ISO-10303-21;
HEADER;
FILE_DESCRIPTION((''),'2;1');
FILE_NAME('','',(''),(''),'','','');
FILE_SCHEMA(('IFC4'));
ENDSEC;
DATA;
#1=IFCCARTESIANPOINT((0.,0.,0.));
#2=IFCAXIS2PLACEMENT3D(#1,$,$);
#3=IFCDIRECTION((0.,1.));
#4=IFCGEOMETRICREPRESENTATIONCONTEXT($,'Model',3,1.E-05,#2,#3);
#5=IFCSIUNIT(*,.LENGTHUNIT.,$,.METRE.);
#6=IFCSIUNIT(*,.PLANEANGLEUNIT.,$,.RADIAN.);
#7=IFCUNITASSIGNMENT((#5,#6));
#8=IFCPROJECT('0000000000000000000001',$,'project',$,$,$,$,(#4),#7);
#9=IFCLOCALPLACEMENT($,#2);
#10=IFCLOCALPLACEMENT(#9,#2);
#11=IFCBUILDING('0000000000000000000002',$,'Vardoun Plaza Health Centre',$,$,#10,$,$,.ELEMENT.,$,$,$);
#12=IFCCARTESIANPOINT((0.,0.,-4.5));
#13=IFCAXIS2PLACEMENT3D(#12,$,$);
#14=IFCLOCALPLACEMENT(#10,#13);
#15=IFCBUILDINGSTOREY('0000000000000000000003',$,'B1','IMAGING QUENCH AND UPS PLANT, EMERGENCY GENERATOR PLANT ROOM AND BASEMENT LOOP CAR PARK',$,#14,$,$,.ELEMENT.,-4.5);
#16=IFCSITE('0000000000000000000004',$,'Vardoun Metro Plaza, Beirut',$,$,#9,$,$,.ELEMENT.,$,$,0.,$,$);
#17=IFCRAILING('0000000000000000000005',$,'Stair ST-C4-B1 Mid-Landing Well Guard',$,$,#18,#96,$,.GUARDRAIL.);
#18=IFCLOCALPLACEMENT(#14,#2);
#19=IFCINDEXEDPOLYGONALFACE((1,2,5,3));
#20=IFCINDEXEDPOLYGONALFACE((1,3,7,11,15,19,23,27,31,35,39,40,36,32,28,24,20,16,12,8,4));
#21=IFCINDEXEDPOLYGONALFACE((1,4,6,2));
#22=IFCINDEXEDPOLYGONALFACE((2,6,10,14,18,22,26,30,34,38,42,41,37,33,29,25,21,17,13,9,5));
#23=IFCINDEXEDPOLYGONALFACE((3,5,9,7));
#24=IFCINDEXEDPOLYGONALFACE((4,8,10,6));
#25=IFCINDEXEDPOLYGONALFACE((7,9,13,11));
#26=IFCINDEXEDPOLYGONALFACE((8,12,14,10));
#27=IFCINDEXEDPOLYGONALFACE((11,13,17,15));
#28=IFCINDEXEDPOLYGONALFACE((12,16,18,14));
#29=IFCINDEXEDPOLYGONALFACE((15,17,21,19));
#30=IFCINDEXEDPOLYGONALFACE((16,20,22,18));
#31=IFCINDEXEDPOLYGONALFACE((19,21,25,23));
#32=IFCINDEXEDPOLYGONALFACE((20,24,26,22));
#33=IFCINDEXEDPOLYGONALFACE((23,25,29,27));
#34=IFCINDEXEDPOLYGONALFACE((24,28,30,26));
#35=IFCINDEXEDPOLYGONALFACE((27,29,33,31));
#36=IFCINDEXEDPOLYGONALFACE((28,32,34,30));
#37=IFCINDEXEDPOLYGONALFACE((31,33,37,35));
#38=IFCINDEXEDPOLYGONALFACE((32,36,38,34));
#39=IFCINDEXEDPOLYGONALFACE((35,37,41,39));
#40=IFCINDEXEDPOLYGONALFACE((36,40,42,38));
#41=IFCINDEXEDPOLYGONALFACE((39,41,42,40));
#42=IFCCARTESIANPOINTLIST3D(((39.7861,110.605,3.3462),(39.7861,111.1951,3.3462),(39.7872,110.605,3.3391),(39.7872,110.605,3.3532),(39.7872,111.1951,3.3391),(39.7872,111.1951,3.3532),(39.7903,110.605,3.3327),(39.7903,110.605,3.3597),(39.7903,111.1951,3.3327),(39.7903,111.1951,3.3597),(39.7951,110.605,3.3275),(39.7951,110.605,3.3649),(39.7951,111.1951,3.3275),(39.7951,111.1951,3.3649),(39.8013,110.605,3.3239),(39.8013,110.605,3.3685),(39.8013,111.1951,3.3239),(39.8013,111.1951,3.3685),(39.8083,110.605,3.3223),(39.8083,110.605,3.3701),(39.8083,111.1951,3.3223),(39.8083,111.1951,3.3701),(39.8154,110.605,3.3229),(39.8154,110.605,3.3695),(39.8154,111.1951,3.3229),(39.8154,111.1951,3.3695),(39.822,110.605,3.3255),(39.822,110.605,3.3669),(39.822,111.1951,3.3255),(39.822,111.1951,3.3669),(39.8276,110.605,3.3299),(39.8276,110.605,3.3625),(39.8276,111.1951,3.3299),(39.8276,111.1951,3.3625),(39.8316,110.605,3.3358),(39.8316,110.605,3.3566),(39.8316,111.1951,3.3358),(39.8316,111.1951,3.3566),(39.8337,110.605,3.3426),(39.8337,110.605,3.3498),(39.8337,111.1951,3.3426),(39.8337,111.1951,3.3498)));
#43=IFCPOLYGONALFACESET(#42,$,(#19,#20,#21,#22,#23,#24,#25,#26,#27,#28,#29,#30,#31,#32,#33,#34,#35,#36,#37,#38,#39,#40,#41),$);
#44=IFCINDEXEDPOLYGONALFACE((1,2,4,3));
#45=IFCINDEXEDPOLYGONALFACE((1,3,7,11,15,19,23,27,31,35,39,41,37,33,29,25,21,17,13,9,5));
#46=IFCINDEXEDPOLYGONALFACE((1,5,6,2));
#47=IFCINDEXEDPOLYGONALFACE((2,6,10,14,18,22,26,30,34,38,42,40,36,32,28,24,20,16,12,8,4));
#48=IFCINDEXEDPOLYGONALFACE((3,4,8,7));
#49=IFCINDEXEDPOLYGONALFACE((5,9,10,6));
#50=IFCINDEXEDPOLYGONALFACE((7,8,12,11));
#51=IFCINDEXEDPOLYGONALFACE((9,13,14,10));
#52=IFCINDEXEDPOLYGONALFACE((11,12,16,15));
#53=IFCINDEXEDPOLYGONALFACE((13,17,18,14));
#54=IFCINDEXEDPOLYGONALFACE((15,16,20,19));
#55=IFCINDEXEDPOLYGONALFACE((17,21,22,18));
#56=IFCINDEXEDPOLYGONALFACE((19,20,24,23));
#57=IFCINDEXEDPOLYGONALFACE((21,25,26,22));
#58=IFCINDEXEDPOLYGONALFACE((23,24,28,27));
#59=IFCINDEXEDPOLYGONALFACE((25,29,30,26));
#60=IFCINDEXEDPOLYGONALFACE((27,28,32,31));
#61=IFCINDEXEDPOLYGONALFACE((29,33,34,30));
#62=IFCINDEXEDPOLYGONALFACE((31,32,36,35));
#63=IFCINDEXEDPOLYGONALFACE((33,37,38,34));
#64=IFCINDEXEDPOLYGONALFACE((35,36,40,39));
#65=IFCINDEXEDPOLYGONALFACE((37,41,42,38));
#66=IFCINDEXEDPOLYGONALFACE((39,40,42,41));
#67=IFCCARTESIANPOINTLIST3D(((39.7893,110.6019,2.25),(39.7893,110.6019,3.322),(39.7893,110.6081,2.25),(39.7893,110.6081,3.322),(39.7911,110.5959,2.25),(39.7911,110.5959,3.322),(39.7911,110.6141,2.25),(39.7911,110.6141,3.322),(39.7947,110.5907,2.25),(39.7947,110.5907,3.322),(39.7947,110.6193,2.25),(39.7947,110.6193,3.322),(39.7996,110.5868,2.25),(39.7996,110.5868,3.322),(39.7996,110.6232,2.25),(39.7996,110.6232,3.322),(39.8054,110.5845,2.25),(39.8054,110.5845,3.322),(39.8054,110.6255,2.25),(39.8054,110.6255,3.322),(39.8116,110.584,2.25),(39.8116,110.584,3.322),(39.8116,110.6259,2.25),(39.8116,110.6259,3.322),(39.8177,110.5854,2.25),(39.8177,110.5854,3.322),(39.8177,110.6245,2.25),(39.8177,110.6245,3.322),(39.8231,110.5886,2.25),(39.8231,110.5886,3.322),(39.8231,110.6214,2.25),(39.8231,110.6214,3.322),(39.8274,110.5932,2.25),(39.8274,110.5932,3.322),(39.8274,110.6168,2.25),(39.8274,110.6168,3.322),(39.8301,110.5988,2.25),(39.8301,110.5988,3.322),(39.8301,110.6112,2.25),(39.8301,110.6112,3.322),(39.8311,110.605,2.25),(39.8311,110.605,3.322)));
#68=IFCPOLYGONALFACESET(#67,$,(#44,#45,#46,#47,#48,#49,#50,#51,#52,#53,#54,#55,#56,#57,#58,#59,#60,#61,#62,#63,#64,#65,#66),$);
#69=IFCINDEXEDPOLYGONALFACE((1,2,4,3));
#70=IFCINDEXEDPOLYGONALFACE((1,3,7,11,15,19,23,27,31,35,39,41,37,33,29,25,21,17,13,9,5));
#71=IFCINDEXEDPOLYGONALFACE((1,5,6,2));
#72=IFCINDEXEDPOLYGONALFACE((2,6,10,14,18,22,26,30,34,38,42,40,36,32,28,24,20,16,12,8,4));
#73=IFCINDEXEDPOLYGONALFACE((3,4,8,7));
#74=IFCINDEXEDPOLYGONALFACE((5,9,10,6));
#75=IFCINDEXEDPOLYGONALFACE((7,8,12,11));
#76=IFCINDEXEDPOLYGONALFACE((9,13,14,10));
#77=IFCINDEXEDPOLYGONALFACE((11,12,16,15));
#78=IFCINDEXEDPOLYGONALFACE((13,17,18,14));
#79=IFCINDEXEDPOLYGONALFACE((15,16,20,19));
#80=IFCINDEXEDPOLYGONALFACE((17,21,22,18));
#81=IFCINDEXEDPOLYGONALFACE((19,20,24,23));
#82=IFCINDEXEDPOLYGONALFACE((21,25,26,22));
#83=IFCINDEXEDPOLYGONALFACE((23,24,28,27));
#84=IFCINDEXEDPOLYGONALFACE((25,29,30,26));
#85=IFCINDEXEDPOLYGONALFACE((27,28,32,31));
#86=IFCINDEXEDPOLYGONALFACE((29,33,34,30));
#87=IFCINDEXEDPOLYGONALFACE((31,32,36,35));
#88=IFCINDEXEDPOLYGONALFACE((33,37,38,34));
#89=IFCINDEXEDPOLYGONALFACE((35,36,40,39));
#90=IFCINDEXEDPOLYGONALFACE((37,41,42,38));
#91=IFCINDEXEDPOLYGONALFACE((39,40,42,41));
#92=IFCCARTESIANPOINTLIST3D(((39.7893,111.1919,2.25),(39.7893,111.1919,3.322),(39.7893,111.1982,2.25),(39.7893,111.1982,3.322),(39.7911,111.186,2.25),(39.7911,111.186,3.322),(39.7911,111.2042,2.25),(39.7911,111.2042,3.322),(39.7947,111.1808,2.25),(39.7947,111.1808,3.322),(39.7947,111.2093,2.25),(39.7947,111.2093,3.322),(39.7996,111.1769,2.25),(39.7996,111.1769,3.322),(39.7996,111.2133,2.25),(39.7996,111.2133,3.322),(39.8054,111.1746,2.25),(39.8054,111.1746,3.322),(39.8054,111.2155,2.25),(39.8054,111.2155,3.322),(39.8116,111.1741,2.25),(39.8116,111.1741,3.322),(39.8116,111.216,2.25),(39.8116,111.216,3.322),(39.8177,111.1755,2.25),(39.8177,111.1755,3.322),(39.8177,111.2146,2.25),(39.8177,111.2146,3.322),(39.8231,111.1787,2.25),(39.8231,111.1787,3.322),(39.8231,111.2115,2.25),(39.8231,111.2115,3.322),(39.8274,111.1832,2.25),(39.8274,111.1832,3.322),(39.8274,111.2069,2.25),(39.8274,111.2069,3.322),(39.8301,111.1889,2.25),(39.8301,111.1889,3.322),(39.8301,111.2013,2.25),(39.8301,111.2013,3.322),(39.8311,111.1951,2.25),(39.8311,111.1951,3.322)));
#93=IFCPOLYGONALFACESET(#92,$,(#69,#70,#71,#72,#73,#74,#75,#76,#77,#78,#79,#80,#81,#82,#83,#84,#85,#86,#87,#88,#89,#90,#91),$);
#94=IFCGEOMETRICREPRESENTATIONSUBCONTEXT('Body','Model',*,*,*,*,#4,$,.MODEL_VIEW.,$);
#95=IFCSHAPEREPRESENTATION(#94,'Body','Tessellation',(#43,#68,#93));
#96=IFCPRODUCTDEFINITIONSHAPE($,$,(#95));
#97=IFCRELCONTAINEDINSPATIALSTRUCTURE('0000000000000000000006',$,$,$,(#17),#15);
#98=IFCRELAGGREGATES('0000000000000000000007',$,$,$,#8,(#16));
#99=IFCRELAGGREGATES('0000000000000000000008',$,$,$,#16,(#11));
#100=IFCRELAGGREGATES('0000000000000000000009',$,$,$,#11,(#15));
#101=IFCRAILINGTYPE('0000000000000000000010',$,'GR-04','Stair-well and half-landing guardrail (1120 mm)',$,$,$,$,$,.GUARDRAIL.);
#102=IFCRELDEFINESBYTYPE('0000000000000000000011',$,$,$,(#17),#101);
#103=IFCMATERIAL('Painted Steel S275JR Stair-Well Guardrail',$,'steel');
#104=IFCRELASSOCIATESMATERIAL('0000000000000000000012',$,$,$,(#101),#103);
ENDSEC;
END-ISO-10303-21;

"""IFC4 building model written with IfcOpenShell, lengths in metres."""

from ifc_helpers import new_model, si_unit, direction, frame, origin, origin_2d, place, context, subcontext, project, spatial, circle, extrude, material, type_object, element, save


model = new_model("IFC4")

# Units and contexts
model_context = context("Model", 3, precision=1e-05, world=origin(), true_north=direction((0.0, 1.0)))
body_context = subcontext(model_context, "Body", "Model", "MODEL_VIEW")
ifc_project = project(units=[si_unit("LENGTHUNIT", "METRE"), si_unit("PLANEANGLEUNIT", "RADIAN")], contexts=[model_context])

# Site, building, storey
site_placement = place(None, origin())
site = spatial("IfcSite", under=ifc_project, at=site_placement, Name="Vardoun Metro Plaza, Beirut", CompositionType="ELEMENT", RefElevation=0.0)
building_placement = place(site_placement, origin())
building = spatial("IfcBuilding", under=site, at=building_placement, Name="Vardoun Plaza Health Centre", CompositionType="ELEMENT")
storey_placement = place(building_placement, frame((0.0, 0.0, -4.5)))
storey = spatial("IfcBuildingStorey", under=building, at=storey_placement, Name="B1", Description="IMAGING QUENCH AND UPS PLANT, EMERGENCY GENERATOR PLANT ROOM AND BASEMENT LOOP CAR PARK", CompositionType="ELEMENT", Elevation=-4.5)

# Railing
ifc_material_1 = material(Name="Painted Steel S275JR Stair-Well Guardrail", Category="steel")
railing_type_1 = type_object("IfcRailingType", Name="GR-04", Description="Stair-well and half-landing guardrail (1120 mm)", PredefinedType="GUARDRAIL", material=ifc_material_1)
railing_1_placement = place(storey_placement, frame((39.8101, 110.605, 2.25)))
element("IfcRailing", 1, at=railing_1_placement, inside=storey, type_object=railing_type_1, Name="Stair ST-C4-B1 Mid-Landing Well Guard", PredefinedType="GUARDRAIL", context=body_context, shape_type="SweptSolid", body=[
    extrude(circle(Radius=0.0239, at=origin_2d()), frame((0.0, 0.0, 1.0962), z_axis=(0.0, 1.0, 0.0), x_axis=(-1.0, 0.0, 0.0)), (0.0, 0.0, 1.0), 0.5901),
    extrude(circle(Radius=0.021, at=origin_2d()), origin(), (0.0, 0.0, 1.0), 1.072),
    extrude(circle(Radius=0.021, at=origin_2d()), frame((0.0, 0.5901, 0.0)), (0.0, 0.0, 1.0), 1.072),
])

save(model, "model.ifc")
